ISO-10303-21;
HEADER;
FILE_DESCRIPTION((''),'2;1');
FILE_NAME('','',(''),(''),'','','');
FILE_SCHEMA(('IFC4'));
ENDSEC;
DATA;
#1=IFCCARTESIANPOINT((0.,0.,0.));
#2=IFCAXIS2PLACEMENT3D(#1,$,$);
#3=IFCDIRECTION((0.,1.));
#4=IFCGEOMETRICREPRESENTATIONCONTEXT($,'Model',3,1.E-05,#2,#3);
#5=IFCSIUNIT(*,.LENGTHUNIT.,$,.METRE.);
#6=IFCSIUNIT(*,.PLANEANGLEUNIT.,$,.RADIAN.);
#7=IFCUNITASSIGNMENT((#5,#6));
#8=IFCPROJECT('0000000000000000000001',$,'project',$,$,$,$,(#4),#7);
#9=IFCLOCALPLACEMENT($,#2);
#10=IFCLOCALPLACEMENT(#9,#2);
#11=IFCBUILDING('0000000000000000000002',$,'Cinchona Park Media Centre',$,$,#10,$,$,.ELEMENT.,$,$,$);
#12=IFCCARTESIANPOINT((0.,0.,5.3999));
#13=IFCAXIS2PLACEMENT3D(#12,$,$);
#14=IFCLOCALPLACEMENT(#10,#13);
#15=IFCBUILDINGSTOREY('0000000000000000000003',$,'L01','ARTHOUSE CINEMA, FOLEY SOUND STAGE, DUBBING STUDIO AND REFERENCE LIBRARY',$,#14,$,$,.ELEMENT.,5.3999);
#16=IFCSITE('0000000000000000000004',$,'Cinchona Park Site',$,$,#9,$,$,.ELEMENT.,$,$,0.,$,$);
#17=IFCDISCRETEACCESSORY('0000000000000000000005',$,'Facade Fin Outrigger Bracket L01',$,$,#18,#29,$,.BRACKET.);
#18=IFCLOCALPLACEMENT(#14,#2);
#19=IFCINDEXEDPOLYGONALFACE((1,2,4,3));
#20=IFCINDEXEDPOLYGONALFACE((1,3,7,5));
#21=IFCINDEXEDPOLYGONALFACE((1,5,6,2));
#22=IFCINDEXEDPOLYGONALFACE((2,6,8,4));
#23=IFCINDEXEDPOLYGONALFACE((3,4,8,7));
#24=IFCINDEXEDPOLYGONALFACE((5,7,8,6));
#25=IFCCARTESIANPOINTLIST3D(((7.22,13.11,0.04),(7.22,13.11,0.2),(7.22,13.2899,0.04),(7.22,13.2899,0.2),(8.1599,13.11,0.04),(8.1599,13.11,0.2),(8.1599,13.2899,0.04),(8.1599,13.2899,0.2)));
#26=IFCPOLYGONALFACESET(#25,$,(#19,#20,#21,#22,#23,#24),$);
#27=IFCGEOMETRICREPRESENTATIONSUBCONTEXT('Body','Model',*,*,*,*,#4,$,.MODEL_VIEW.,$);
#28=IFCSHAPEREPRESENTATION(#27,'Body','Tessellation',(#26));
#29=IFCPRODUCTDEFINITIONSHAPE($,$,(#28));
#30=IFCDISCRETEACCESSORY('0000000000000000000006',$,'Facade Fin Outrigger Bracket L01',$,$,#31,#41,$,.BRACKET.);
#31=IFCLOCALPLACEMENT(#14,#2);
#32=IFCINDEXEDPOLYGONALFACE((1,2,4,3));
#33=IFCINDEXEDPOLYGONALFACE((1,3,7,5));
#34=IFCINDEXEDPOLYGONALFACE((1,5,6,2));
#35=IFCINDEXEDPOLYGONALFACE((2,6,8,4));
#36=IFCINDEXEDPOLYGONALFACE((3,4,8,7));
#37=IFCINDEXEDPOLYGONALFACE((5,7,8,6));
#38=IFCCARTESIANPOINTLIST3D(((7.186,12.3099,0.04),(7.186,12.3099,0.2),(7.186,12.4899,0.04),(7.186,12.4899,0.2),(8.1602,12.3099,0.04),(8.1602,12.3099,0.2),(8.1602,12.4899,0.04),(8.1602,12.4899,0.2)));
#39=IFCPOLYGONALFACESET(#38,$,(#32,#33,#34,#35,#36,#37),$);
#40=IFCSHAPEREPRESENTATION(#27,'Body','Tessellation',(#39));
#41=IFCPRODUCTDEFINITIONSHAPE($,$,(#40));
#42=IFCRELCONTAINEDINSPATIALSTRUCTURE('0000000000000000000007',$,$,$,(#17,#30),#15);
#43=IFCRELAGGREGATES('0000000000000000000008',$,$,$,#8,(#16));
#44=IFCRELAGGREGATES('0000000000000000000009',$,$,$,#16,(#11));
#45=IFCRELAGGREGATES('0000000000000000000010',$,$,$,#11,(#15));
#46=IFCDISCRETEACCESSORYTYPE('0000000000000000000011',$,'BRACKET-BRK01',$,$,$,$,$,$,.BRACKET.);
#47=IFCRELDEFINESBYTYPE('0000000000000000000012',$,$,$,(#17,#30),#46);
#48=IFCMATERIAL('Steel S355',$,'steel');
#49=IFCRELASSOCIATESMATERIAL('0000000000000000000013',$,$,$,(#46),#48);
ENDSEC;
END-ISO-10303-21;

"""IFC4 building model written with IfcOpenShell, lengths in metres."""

from ifc_helpers import new_model, si_unit, direction, frame, origin, origin_2d, place, context, subcontext, project, spatial, rectangle, extrude, material, type_object, element, save


model = new_model("IFC4")

# Units and contexts
model_context = context("Model", 3, precision=1e-05, world=origin(), true_north=direction((0.0, 1.0)))
body_context = subcontext(model_context, "Body", "Model", "MODEL_VIEW")
ifc_project = project(units=[si_unit("LENGTHUNIT", "METRE"), si_unit("PLANEANGLEUNIT", "RADIAN")], contexts=[model_context])

# Site, building, storey
site_placement = place(None, origin())
site = spatial("IfcSite", under=ifc_project, at=site_placement, Name="Cinchona Park Site", CompositionType="ELEMENT", RefElevation=0.0)
building_placement = place(site_placement, origin())
building = spatial("IfcBuilding", under=site, at=building_placement, Name="Cinchona Park Media Centre", CompositionType="ELEMENT")
storey_placement = place(building_placement, frame((0.0, 0.0, 5.3999)))
storey = spatial("IfcBuildingStorey", under=building, at=storey_placement, Name="L01", Description="ARTHOUSE CINEMA, FOLEY SOUND STAGE, DUBBING STUDIO AND REFERENCE LIBRARY", CompositionType="ELEMENT", Elevation=5.3999)

# Discrete accessories
ifc_material_1 = material(Name="Steel S355", Category="steel")
discrete_accessory_type = type_object("IfcDiscreteAccessoryType", Name="BRACKET-BRK01", PredefinedType="BRACKET", material=ifc_material_1)
discrete_accessory_1_placement = place(storey_placement, frame((7.6899, 13.2, 0.04), z_axis=(0.0, 0.0, 1.0), x_axis=(0.0, -1.0, 0.0)))
element("IfcDiscreteAccessory", 1, at=discrete_accessory_1_placement, inside=storey, type_object=discrete_accessory_type, Name="Facade Fin Outrigger Bracket L01", PredefinedType="BRACKET", context=body_context, shape_type="SweptSolid", body=[
    extrude(rectangle(XDim=0.1799, YDim=0.9399, at=origin_2d()), origin(), (0.0, 0.0, 1.0), 0.1599),
])
discrete_accessory_2_placement = place(storey_placement, frame((7.6731, 12.3999, 0.04), z_axis=(0.0, 0.0, 1.0), x_axis=(0.0, -1.0, 0.0)))
element("IfcDiscreteAccessory", 2, at=discrete_accessory_2_placement, inside=storey, type_object=discrete_accessory_type, Name="Facade Fin Outrigger Bracket L01", PredefinedType="BRACKET", context=body_context, shape_type="SweptSolid", body=[
    extrude(rectangle(XDim=0.1799, YDim=0.9741, at=origin_2d()), origin(), (0.0, 0.0, 1.0), 0.1599),
])

save(model, "model.ifc")
